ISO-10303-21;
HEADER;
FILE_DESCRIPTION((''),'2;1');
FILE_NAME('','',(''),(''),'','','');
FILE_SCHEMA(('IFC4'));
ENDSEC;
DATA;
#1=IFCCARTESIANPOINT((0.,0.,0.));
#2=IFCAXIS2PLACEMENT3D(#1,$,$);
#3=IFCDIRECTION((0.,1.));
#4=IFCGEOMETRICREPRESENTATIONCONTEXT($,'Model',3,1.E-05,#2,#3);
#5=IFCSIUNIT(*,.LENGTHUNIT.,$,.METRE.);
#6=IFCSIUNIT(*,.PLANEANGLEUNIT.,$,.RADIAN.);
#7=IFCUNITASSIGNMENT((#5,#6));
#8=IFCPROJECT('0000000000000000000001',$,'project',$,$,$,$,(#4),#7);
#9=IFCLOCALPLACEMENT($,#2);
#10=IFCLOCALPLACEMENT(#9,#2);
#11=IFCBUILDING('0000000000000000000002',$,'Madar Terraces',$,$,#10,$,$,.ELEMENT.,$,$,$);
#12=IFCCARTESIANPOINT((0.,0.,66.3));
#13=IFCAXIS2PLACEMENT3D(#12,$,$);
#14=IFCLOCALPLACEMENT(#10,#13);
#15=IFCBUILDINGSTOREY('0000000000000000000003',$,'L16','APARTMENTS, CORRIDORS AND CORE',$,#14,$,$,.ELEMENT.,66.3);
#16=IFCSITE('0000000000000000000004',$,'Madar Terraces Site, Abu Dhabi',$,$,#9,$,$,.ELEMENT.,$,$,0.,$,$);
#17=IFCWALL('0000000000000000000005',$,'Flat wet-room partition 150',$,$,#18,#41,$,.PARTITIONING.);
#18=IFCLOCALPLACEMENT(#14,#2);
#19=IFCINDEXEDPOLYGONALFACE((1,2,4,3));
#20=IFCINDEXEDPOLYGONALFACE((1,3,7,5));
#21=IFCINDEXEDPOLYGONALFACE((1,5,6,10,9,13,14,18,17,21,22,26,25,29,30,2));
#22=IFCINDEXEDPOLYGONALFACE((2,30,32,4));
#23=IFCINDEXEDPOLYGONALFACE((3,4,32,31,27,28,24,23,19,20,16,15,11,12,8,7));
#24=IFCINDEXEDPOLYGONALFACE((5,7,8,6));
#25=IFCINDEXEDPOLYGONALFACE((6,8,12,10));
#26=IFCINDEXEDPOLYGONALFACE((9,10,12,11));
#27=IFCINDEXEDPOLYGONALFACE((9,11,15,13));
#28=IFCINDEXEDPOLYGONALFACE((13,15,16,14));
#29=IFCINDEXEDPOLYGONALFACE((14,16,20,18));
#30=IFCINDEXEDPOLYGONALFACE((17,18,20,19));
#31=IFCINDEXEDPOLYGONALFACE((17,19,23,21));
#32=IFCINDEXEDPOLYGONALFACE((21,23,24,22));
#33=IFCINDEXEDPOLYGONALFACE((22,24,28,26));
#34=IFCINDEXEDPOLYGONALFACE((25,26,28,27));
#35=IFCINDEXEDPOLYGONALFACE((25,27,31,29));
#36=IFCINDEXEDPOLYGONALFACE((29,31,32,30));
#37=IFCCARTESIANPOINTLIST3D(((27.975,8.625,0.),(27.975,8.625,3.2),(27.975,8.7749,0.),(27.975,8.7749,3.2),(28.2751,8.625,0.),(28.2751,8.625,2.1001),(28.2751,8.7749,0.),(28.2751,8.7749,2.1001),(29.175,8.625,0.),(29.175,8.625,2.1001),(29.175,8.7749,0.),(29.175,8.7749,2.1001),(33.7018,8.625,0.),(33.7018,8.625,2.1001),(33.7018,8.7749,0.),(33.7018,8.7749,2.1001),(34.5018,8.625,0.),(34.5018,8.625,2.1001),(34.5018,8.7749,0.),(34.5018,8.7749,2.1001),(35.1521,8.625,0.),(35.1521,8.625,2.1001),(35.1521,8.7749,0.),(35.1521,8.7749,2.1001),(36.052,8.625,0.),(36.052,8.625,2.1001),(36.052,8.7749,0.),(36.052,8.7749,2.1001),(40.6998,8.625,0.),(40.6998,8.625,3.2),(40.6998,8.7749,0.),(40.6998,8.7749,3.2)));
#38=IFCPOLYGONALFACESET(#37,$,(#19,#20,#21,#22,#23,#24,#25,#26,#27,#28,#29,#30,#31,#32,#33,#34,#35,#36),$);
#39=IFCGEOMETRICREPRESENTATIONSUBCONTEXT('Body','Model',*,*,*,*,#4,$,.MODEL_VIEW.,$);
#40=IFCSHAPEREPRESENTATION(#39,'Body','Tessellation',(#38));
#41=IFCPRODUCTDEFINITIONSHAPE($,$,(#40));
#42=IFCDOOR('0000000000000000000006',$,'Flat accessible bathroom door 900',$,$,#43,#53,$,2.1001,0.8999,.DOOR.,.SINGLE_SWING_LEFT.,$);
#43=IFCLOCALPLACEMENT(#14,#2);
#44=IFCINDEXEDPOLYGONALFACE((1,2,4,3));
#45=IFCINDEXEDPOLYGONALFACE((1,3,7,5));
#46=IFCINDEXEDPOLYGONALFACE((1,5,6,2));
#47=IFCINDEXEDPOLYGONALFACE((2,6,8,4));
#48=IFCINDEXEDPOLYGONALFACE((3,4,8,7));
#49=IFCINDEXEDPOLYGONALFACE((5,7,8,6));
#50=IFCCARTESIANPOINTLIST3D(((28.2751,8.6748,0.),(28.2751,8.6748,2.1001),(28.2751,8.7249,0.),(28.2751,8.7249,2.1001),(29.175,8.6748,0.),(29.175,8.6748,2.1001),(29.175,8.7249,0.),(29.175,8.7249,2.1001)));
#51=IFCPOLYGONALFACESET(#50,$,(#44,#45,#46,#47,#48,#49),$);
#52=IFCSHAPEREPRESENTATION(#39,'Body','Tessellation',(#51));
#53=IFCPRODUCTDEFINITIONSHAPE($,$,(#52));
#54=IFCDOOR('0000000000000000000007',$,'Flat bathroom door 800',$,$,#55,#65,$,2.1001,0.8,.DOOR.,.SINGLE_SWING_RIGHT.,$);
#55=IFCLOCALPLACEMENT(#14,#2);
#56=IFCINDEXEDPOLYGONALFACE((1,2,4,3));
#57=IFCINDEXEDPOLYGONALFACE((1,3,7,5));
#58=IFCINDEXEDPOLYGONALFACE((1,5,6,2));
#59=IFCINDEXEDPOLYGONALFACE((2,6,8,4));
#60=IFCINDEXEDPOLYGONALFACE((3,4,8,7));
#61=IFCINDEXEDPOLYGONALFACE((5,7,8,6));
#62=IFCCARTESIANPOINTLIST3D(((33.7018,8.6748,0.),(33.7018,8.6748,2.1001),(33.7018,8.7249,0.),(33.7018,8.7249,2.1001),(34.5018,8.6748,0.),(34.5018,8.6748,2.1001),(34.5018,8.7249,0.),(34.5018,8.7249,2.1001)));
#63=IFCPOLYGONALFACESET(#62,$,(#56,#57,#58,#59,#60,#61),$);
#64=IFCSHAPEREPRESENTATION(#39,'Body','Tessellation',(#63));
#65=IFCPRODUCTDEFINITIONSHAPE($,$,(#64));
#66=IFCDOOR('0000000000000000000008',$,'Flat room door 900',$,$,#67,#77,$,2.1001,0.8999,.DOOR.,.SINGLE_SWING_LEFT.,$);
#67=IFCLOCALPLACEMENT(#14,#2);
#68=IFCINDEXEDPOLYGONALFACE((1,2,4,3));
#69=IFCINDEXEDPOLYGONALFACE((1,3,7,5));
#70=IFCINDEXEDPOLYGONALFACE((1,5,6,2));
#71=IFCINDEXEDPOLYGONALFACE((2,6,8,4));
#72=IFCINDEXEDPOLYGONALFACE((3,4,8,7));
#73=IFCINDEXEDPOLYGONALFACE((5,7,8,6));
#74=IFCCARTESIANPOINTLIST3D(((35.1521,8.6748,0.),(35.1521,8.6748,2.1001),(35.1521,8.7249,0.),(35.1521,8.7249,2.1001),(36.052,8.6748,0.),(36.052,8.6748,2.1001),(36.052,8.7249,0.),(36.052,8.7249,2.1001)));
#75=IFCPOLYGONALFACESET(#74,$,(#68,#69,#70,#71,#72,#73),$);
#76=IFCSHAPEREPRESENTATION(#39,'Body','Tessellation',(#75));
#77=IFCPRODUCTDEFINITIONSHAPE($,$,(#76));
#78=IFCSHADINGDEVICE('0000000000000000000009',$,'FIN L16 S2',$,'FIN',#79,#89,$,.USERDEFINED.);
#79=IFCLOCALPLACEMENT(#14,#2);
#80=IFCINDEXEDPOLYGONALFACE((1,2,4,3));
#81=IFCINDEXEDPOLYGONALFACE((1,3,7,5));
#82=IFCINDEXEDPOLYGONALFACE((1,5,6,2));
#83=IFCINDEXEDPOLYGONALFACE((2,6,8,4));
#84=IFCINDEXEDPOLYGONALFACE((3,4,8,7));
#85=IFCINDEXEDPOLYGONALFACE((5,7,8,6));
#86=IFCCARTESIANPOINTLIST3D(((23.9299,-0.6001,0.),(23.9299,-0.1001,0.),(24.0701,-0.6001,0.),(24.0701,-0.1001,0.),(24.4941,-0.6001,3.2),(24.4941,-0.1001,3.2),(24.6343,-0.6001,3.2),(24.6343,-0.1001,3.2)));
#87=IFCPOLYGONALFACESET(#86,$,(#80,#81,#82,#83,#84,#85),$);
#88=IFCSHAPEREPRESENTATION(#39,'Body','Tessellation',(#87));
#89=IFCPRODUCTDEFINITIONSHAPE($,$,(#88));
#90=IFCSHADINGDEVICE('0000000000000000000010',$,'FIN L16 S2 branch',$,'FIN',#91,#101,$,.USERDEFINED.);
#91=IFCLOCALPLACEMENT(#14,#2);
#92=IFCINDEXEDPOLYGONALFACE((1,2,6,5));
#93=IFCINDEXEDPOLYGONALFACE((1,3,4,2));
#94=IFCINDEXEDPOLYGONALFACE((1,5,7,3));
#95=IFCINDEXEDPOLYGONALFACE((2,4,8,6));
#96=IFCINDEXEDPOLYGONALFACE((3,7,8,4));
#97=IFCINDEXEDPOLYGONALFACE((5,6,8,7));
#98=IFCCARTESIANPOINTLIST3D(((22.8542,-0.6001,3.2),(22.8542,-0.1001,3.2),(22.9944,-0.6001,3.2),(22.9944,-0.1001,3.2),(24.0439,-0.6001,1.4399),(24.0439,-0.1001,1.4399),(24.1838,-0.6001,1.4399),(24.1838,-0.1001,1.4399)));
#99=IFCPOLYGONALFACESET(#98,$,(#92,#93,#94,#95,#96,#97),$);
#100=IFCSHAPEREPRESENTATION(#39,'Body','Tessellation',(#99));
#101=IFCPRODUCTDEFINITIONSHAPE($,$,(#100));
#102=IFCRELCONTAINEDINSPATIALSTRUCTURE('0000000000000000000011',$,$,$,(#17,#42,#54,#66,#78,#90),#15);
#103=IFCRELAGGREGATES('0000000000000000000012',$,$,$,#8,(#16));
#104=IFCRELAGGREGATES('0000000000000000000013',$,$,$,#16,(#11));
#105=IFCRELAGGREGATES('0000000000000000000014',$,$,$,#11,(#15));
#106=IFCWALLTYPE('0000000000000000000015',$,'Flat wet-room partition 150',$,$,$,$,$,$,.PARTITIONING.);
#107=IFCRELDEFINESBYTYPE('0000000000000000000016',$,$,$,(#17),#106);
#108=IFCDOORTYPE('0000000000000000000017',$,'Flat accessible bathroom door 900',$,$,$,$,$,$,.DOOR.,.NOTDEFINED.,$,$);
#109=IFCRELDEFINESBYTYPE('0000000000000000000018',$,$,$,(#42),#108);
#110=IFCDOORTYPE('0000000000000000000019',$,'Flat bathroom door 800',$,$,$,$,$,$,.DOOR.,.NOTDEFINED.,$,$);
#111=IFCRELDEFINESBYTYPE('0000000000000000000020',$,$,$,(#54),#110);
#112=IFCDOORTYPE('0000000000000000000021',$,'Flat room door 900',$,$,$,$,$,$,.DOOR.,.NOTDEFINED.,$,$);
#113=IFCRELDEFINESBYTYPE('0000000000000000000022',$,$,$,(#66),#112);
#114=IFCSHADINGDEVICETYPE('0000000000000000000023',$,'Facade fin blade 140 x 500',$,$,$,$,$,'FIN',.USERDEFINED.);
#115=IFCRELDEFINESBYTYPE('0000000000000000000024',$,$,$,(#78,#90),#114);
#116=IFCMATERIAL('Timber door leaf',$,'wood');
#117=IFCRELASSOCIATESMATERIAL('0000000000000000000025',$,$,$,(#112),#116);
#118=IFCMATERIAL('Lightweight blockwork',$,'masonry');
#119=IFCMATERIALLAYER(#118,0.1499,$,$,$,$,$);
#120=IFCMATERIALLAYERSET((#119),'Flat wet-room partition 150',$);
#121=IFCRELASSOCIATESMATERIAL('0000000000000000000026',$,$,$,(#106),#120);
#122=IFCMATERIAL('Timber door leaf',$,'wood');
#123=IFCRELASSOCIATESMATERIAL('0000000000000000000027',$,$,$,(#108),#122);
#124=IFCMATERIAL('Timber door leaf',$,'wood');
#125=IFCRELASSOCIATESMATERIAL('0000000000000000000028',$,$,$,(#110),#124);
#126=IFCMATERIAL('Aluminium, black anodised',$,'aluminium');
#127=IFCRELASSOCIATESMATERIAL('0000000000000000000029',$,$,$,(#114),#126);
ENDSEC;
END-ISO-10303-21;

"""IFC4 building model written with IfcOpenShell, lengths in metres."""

from ifc_helpers import new_model, si_unit, direction, frame, frame_2d, origin, place, context, subcontext, project, spatial, polyline, rectangle, outline, extrude, material, layer, layer_set, type_object, element, fill, save


model = new_model("IFC4")

# Units and contexts
model_context = context("Model", 3, precision=1e-05, world=origin(), true_north=direction((0.0, 1.0)))
body_context = subcontext(model_context, "Body", "Model", "MODEL_VIEW")
ifc_project = project(units=[si_unit("LENGTHUNIT", "METRE"), si_unit("PLANEANGLEUNIT", "RADIAN")], contexts=[model_context])

# Site, building, storey
site_placement = place(None, origin())
site = spatial("IfcSite", under=ifc_project, at=site_placement, Name="Madar Terraces Site, Abu Dhabi", CompositionType="ELEMENT", RefElevation=0.0)
building_placement = place(site_placement, origin())
building = spatial("IfcBuilding", under=site, at=building_placement, Name="Madar Terraces", CompositionType="ELEMENT")
storey_placement = place(building_placement, frame((0.0, 0.0, 66.3)))
storey = spatial("IfcBuildingStorey", under=building, at=storey_placement, Name="L16", Description="APARTMENTS, CORRIDORS AND CORE", CompositionType="ELEMENT", Elevation=66.3)

# Shared definitions
ifc_material_1 = material(Name="Timber door leaf", Category="wood")
door_type_1 = type_object("IfcDoorType", Name="Flat room door 900", OperationType="NOTDEFINED", PredefinedType="DOOR", material=ifc_material_1)

# Wall, openings, doors
ifc_material_2 = material(Name="Lightweight blockwork", Category="masonry")
ifc_layer_1 = layer(ifc_material_2, 0.1499)
ifc_layer_set_1 = layer_set([ifc_layer_1], Name="Flat wet-room partition 150")
wall_type_1 = type_object("IfcWallType", Name="Flat wet-room partition 150", PredefinedType="PARTITIONING", material=ifc_layer_set_1)
wall_1_placement = place(storey_placement, frame((27.9751, 8.7, 0.0), z_axis=(0.0, 0.0, 1.0), x_axis=(1.0, 0.0, 0.0)))
wall_1 = element("IfcWall", 1, at=wall_1_placement, inside=storey, type_object=wall_type_1, Name="Flat wet-room partition 150", PredefinedType="PARTITIONING", context=body_context, shape_type="SweptSolid", body=[
    extrude(rectangle(XDim=12.7249, YDim=0.1499, at=frame_2d((6.3623, 0.0))), origin(), (0.0, 0.0, 1.0), 3.2),
])
opening_1_placement = place(wall_1_placement, frame((0.3, 0.0, 0.0)))
opening_1 = element("IfcOpeningElement", 2, at=opening_1_placement, cuts=wall_1, PredefinedType="OPENING", context=body_context, shape_type="SweptSolid", body=[
    extrude(rectangle(XDim=0.8999, YDim=2.1001, at=frame_2d((0.45, 1.05))), frame((0.0, 0.085, 0.0), z_axis=(0.0, -1.0, 0.0), x_axis=(1.0, 0.0, 0.0)), (0.0, 0.0, 1.0), 0.1699),
])
opening_2_placement = place(wall_1_placement, frame((5.7268, 0.0, 0.0)))
opening_2 = element("IfcOpeningElement", 3, at=opening_2_placement, cuts=wall_1, PredefinedType="OPENING", context=body_context, shape_type="SweptSolid", body=[
    extrude(rectangle(XDim=0.8, YDim=2.1001, at=frame_2d((0.3999, 1.05))), frame((0.0, 0.085, 0.0), z_axis=(0.0, -1.0, 0.0), x_axis=(1.0, 0.0, 0.0)), (0.0, 0.0, 1.0), 0.1699),
])
opening_3_placement = place(wall_1_placement, frame((7.177, 0.0, 0.0)))
opening_3 = element("IfcOpeningElement", 4, at=opening_3_placement, cuts=wall_1, PredefinedType="OPENING", context=body_context, shape_type="SweptSolid", body=[
    extrude(rectangle(XDim=0.8999, YDim=2.1001, at=frame_2d((0.45, 1.05))), frame((0.0, 0.085, 0.0), z_axis=(0.0, -1.0, 0.0), x_axis=(1.0, 0.0, 0.0)), (0.0, 0.0, 1.0), 0.1699),
])
ifc_material_3 = material(Name="Timber door leaf", Category="wood")
door_type_2 = type_object("IfcDoorType", Name="Flat accessible bathroom door 900", OperationType="NOTDEFINED", PredefinedType="DOOR", material=ifc_material_3)
door_1_placement = place(opening_1_placement, origin())
door_1 = element("IfcDoor", 5, at=door_1_placement, inside=storey, type_object=door_type_2, Name="Flat accessible bathroom door 900", OperationType="SINGLE_SWING_LEFT", OverallHeight=2.1001, OverallWidth=0.8999, PredefinedType="DOOR", context=body_context, shape_type="SweptSolid", body=[
    extrude(rectangle(XDim=0.8999, YDim=2.1001, at=frame_2d((0.45, 1.05))), frame((0.0, 0.0249, 0.0), z_axis=(0.0, -1.0, 0.0), x_axis=(1.0, 0.0, 0.0)), (0.0, 0.0, 1.0), 0.05),
])
fill(opening_1, door_1)
ifc_material_4 = material(Name="Timber door leaf", Category="wood")
door_type_3 = type_object("IfcDoorType", Name="Flat bathroom door 800", OperationType="NOTDEFINED", PredefinedType="DOOR", material=ifc_material_4)
door_2_placement = place(opening_2_placement, origin())
door_2 = element("IfcDoor", 6, at=door_2_placement, inside=storey, type_object=door_type_3, Name="Flat bathroom door 800", OperationType="SINGLE_SWING_RIGHT", OverallHeight=2.1001, OverallWidth=0.8, PredefinedType="DOOR", context=body_context, shape_type="SweptSolid", body=[
    extrude(rectangle(XDim=0.8, YDim=2.1001, at=frame_2d((0.3999, 1.05))), frame((0.0, 0.0249, 0.0), z_axis=(0.0, -1.0, 0.0), x_axis=(1.0, 0.0, 0.0)), (0.0, 0.0, 1.0), 0.05),
])
fill(opening_2, door_2)
door_3_placement = place(opening_3_placement, origin())
door_3 = element("IfcDoor", 7, at=door_3_placement, inside=storey, type_object=door_type_1, Name="Flat room door 900", OperationType="SINGLE_SWING_LEFT", OverallHeight=2.1001, OverallWidth=0.8999, PredefinedType="DOOR", context=body_context, shape_type="SweptSolid", body=[
    extrude(rectangle(XDim=0.8999, YDim=2.1001, at=frame_2d((0.45, 1.05))), frame((0.0, 0.0249, 0.0), z_axis=(0.0, -1.0, 0.0), x_axis=(1.0, 0.0, 0.0)), (0.0, 0.0, 1.0), 0.05),
])
fill(opening_3, door_3)

# Shading devices
ifc_material_5 = material(Name="Aluminium, black anodised", Category="aluminium")
shading_device_type = type_object("IfcShadingDeviceType", Name="Facade fin blade 140 x 500", ElementType="FIN", PredefinedType="USERDEFINED", material=ifc_material_5)
shading_device_1_placement = place(storey_placement, frame((23.9299, -0.3501, 0.0), z_axis=(0.0, 0.0, 1.0), x_axis=(1.0, 0.0, 0.0)))
element("IfcShadingDevice", 8, at=shading_device_1_placement, inside=storey, type_object=shading_device_type, Name="FIN L16 S2", ObjectType="FIN", PredefinedType="USERDEFINED", context=body_context, shape_type="SweptSolid", body=[
    extrude(outline(polyline([(0.0, 0.0), (0.1401, 0.0), (0.7043, 3.2), (0.5642, 3.2), (0.0, 0.0)])), frame((0.0, 0.25, 0.0), z_axis=(0.0, -1.0, 0.0), x_axis=(1.0, 0.0, 0.0)), (0.0, 0.0, 1.0), 0.5),
])
shading_device_2_placement = place(storey_placement, frame((24.0439, -0.3501, 1.4399), z_axis=(0.0, 0.0, 1.0), x_axis=(1.0, 0.0, 0.0)))
element("IfcShadingDevice", 9, at=shading_device_2_placement, inside=storey, type_object=shading_device_type, Name="FIN L16 S2 branch", ObjectType="FIN", PredefinedType="USERDEFINED", context=body_context, shape_type="SweptSolid", body=[
    extrude(outline(polyline([(0.0, 0.0), (0.1399, 0.0), (-1.0496, 1.76), (-1.1897, 1.76), (0.0, 0.0)])), frame((0.0, 0.25, 0.0), z_axis=(0.0, -1.0, 0.0), x_axis=(1.0, 0.0, 0.0)), (0.0, 0.0, 1.0), 0.5),
])

save(model, "model.ifc")
